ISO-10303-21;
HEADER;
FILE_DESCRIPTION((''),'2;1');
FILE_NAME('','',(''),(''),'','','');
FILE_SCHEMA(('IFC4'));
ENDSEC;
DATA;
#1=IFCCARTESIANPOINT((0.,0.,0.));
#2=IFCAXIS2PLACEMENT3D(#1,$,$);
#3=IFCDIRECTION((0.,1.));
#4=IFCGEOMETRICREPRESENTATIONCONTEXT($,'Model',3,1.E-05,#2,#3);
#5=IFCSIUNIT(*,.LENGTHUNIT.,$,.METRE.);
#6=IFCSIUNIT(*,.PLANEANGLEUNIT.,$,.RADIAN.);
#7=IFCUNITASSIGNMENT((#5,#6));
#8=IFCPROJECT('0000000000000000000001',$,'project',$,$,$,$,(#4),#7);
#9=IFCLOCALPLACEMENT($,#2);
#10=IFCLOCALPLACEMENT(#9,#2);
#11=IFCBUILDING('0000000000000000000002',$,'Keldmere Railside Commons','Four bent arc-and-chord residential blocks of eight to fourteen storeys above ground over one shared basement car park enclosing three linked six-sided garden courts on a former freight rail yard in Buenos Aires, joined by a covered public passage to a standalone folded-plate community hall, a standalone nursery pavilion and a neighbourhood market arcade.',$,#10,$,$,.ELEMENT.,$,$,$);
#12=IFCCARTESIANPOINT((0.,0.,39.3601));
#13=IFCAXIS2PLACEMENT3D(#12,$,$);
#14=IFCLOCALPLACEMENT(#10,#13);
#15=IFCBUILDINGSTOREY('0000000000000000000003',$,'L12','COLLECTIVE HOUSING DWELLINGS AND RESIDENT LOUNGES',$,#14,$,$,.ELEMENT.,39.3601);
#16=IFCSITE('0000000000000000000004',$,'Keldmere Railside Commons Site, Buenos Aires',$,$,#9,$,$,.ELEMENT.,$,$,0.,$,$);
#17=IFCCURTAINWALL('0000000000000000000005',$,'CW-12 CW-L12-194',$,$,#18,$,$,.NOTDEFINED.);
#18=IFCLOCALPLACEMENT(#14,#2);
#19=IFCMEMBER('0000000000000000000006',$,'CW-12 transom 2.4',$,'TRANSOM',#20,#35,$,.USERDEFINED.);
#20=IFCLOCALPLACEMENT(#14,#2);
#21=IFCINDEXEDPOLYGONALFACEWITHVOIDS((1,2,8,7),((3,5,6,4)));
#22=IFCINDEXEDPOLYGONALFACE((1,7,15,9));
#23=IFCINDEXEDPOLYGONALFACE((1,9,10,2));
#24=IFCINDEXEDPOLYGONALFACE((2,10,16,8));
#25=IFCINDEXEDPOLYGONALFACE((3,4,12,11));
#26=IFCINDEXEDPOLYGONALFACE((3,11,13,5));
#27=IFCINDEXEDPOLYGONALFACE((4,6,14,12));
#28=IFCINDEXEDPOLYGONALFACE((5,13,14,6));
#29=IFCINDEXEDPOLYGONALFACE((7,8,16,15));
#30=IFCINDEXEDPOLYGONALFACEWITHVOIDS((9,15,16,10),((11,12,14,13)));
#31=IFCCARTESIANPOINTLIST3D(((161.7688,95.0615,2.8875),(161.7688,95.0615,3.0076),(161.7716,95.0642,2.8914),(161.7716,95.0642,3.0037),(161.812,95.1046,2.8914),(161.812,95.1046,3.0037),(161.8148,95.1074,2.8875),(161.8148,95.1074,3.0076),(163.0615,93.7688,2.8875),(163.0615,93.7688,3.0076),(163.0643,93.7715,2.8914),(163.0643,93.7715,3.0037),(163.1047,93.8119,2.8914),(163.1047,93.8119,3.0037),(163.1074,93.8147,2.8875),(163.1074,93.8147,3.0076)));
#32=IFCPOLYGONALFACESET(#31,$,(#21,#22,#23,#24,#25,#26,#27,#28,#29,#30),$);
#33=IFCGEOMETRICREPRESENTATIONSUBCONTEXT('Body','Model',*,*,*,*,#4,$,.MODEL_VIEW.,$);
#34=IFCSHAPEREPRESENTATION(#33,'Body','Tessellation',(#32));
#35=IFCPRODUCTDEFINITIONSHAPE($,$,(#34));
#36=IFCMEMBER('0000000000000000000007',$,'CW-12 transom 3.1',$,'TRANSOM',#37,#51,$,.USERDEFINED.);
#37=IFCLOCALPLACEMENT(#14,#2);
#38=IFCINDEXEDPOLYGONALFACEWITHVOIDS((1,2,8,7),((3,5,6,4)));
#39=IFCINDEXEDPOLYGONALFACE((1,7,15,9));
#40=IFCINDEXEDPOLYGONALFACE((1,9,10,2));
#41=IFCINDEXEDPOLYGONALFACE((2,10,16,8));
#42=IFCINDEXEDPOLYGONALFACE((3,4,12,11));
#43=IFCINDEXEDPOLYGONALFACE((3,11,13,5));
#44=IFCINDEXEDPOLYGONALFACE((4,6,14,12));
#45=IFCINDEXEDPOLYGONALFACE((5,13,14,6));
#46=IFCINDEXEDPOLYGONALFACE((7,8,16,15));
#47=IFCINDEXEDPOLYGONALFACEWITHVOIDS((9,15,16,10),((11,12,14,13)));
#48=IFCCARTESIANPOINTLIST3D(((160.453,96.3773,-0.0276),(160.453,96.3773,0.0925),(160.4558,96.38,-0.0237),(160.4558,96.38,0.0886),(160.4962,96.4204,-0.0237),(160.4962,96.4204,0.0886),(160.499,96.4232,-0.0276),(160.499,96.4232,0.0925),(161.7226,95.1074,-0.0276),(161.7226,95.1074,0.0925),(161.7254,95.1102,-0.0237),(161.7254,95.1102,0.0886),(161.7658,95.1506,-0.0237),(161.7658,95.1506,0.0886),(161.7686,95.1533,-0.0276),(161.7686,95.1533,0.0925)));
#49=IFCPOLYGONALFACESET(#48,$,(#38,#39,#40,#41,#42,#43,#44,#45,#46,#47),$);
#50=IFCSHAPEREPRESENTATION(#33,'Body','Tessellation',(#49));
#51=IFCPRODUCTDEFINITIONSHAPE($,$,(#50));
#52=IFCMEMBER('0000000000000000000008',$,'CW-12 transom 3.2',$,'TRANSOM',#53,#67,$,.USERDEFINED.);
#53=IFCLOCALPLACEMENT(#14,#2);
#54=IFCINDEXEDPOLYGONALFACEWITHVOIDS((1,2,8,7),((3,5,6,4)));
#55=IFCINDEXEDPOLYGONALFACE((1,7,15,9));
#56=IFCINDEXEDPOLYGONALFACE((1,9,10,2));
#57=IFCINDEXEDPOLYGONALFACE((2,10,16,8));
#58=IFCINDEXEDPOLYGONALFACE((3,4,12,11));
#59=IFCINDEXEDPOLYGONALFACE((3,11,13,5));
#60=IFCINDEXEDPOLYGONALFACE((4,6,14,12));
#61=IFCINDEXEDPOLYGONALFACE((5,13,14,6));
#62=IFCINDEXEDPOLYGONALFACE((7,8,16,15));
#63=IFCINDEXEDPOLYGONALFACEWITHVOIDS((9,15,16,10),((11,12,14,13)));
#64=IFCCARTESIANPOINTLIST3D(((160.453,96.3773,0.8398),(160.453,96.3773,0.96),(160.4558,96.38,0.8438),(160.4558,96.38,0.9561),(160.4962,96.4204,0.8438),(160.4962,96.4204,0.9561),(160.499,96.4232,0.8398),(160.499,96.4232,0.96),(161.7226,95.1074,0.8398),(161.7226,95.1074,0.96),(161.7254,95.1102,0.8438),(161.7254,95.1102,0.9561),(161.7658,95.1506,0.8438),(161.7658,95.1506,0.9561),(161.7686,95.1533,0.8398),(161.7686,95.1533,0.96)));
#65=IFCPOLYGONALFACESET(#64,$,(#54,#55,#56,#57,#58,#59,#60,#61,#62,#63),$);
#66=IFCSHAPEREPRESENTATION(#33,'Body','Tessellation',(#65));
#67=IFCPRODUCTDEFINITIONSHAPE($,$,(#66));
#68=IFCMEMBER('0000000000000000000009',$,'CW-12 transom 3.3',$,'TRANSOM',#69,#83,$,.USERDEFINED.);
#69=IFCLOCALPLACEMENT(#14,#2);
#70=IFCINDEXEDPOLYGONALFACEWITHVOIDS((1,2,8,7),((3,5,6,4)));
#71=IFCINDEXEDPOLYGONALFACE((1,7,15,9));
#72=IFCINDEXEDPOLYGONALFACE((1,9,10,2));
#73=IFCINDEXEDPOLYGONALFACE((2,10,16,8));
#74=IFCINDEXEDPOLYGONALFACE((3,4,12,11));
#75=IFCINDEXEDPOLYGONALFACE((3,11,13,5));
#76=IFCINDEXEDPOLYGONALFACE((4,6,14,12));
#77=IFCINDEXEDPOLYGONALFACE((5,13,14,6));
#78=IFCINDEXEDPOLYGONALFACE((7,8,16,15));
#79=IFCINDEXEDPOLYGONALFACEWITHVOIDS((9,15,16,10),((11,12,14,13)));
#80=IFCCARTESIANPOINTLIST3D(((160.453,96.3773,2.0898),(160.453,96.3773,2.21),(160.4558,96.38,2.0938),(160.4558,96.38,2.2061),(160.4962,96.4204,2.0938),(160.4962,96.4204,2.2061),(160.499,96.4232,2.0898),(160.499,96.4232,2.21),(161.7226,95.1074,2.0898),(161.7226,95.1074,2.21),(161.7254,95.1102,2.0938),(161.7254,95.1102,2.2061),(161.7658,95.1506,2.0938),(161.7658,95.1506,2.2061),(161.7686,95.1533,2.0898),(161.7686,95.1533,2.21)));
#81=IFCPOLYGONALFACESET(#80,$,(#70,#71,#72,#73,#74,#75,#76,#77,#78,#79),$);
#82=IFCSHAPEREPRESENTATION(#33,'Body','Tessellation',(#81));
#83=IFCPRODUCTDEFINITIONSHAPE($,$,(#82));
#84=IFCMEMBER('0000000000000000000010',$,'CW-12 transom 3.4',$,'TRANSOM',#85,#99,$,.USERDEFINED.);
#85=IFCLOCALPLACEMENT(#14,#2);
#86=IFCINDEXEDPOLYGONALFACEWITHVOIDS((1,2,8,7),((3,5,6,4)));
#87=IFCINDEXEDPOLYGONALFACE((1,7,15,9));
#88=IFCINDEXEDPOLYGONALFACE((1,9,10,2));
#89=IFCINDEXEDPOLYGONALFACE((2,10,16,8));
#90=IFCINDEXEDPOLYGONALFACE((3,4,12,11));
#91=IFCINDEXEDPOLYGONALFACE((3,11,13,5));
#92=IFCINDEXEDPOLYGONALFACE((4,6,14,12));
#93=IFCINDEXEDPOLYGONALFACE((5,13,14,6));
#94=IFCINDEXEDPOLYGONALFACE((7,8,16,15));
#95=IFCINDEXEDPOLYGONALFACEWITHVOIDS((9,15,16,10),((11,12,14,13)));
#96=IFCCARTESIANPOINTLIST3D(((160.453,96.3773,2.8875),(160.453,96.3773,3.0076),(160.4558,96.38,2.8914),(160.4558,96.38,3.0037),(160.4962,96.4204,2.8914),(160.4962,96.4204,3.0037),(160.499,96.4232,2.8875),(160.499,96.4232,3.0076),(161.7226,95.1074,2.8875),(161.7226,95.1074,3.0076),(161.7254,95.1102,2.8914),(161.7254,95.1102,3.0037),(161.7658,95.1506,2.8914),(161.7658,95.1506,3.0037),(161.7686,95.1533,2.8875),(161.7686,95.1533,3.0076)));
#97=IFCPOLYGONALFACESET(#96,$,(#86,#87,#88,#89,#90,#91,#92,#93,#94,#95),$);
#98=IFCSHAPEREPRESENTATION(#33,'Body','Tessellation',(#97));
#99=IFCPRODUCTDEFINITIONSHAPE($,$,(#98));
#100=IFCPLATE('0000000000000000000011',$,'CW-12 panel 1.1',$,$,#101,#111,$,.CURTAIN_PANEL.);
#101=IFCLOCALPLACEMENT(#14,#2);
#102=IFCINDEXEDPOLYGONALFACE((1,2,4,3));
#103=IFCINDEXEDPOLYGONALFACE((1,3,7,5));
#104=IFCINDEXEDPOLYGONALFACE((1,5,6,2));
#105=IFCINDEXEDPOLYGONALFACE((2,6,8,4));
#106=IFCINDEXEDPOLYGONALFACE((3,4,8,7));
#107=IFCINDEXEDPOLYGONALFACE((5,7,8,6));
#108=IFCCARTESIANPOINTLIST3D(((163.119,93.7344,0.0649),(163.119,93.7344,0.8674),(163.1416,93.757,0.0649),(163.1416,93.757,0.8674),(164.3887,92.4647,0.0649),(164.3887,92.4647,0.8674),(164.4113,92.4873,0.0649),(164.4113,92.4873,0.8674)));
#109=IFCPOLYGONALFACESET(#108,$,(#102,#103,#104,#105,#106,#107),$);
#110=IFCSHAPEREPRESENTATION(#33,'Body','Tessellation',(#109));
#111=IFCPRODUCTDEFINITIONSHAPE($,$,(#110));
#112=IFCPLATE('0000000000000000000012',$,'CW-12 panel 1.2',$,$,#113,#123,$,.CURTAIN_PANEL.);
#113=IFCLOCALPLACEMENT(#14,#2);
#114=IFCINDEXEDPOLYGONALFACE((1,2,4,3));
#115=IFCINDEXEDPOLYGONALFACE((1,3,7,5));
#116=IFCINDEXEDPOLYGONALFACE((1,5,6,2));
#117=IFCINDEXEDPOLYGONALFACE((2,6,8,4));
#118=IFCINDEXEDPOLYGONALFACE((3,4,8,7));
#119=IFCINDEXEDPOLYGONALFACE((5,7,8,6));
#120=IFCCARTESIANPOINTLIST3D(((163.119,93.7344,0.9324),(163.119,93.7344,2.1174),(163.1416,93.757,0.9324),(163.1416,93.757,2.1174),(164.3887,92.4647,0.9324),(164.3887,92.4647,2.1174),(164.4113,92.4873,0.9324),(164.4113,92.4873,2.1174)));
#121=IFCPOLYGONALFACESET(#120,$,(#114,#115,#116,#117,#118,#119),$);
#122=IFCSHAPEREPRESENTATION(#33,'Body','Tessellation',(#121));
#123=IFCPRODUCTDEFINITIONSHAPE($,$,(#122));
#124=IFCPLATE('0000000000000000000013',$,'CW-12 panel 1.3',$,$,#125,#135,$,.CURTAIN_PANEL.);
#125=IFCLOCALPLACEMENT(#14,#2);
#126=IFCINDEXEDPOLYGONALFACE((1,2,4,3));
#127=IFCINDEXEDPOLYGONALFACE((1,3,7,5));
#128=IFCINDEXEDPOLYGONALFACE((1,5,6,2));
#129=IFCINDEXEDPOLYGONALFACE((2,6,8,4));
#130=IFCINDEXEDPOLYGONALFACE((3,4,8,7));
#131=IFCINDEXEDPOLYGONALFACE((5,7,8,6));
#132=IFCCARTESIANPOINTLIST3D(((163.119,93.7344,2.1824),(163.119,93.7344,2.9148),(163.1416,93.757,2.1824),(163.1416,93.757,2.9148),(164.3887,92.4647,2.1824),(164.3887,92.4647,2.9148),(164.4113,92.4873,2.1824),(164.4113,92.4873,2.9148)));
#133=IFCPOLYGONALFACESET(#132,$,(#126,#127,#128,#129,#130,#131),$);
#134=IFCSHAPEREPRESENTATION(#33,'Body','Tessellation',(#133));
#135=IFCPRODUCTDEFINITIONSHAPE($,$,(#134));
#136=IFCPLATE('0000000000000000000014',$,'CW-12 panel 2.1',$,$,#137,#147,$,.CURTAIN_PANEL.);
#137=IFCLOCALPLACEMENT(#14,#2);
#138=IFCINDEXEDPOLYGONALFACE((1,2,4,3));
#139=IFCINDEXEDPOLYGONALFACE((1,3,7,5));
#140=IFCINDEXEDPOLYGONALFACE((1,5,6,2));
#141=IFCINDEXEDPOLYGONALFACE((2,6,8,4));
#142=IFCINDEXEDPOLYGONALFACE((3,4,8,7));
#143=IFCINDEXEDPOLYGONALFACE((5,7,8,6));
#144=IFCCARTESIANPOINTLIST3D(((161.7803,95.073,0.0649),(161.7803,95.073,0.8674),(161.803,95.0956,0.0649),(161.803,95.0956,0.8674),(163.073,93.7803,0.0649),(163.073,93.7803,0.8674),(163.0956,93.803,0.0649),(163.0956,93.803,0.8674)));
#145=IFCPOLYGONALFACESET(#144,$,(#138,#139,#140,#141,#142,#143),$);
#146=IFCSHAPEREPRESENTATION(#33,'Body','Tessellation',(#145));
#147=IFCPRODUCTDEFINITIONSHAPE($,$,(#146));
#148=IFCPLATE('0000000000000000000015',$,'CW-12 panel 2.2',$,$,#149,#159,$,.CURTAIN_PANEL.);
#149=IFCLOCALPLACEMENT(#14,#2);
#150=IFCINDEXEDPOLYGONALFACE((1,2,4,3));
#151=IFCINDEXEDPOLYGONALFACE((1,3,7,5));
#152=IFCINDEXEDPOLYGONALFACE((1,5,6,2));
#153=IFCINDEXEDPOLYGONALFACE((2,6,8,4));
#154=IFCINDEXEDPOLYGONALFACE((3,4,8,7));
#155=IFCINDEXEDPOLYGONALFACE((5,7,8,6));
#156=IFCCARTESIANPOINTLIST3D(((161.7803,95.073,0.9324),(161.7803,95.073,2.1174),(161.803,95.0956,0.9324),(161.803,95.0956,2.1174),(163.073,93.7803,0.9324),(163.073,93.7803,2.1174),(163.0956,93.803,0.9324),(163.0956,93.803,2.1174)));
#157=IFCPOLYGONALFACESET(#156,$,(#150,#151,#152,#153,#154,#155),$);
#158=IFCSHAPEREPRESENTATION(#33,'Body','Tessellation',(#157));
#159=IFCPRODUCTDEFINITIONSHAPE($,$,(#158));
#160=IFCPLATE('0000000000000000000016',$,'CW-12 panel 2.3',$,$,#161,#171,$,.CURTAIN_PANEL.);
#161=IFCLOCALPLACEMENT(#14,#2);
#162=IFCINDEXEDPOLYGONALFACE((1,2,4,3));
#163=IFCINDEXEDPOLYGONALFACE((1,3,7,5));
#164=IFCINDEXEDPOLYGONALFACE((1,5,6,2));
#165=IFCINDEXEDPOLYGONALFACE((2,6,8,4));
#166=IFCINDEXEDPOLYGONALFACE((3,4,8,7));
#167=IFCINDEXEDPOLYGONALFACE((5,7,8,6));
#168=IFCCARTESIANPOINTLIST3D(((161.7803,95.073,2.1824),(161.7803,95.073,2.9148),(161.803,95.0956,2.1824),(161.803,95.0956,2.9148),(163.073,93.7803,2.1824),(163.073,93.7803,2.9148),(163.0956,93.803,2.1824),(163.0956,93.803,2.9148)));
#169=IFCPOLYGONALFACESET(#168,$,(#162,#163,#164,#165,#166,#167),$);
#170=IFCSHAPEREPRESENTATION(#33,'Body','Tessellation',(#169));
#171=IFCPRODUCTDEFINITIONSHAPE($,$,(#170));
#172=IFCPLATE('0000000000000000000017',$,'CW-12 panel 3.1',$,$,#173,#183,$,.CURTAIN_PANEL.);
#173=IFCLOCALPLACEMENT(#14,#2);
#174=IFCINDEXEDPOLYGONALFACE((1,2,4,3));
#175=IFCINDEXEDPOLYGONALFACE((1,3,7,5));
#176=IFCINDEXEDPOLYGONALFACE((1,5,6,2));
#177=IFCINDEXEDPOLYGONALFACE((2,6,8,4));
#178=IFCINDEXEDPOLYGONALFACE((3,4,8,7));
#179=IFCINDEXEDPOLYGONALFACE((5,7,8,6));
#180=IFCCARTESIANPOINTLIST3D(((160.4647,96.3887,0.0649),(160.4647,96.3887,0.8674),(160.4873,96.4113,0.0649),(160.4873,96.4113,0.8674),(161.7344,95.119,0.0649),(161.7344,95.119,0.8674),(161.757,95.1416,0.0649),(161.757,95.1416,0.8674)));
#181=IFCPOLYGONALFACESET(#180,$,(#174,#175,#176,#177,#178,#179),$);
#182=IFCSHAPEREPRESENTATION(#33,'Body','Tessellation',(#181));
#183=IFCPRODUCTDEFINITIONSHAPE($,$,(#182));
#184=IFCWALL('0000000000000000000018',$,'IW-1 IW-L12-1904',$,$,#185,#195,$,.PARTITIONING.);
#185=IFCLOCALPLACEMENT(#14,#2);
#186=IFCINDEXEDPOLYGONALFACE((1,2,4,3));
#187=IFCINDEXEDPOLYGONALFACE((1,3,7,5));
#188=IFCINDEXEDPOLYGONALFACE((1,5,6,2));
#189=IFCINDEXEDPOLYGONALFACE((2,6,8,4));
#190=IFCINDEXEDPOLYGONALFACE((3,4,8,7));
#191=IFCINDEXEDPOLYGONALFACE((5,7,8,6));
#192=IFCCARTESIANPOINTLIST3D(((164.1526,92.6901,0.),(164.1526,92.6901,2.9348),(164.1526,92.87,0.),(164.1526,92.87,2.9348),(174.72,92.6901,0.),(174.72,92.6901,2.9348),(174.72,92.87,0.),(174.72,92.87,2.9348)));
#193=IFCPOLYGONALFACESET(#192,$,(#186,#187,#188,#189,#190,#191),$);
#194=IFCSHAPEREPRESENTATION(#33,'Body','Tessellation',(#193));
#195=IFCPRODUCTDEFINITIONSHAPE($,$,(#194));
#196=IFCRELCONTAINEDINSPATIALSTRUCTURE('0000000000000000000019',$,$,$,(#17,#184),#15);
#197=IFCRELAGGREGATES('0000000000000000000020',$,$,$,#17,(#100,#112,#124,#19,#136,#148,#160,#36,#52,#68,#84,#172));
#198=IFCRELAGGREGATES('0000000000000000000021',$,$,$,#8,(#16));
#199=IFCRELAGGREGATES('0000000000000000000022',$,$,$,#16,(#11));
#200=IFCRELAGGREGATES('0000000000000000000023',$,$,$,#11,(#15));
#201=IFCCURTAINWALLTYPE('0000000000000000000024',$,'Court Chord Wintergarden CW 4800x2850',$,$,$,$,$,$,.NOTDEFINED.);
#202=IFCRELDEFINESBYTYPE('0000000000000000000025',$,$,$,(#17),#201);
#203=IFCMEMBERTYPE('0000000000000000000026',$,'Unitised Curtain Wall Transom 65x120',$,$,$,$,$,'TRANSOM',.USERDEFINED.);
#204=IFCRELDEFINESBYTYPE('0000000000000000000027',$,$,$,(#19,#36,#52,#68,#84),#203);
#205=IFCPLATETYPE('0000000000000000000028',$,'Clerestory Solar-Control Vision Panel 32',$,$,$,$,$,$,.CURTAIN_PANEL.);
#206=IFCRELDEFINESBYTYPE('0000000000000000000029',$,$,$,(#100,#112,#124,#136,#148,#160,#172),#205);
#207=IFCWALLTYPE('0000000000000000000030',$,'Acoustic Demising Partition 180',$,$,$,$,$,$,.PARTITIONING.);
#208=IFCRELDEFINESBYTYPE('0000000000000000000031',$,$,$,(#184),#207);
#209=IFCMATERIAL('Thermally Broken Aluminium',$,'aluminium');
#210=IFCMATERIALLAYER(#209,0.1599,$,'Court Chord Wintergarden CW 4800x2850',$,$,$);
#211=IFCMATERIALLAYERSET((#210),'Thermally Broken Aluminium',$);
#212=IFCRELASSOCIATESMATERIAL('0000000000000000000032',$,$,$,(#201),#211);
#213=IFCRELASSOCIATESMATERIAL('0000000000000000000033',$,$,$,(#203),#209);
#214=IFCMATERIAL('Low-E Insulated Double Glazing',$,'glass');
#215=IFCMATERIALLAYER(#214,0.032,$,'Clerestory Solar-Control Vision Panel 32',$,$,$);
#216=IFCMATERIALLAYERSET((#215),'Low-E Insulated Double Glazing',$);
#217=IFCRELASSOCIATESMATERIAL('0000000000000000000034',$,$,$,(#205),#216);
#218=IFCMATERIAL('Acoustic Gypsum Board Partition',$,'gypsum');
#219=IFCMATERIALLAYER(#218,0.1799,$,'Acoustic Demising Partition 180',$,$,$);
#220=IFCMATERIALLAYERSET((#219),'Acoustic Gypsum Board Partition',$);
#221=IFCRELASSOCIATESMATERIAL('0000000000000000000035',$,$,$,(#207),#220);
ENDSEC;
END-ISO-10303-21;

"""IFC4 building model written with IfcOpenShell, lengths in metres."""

from ifc_helpers import new_model, si_unit, direction, frame, frame_2d, origin, origin_2d, place, context, subcontext, project, spatial, rectangle, hollow_rectangle, extrude, material, layer, layer_set, material_profile, profile_set, type_object, element, aggregate, save


model = new_model("IFC4")

# Units and contexts
model_context = context("Model", 3, precision=1e-05, world=origin(), true_north=direction((0.0, 1.0)))
body_context = subcontext(model_context, "Body", "Model", "MODEL_VIEW")
ifc_project = project(units=[si_unit("LENGTHUNIT", "METRE"), si_unit("PLANEANGLEUNIT", "RADIAN")], contexts=[model_context])

# Site, building, storey
site_placement = place(None, origin())
site = spatial("IfcSite", under=ifc_project, at=site_placement, Name="Keldmere Railside Commons Site, Buenos Aires", CompositionType="ELEMENT", RefElevation=0.0)
building_placement = place(site_placement, origin())
building = spatial("IfcBuilding", under=site, at=building_placement, Name="Keldmere Railside Commons", Description="Four bent arc-and-chord residential blocks of eight to fourteen storeys above ground over one shared basement car park enclosing three linked six-sided garden courts on a former freight rail yard in Buenos Aires, joined by a covered public passage to a standalone folded-plate community hall, a standalone nursery pavilion and a neighbourhood market arcade.", CompositionType="ELEMENT")
storey_placement = place(building_placement, frame((0.0, 0.0, 39.3601)))
storey = spatial("IfcBuildingStorey", under=building, at=storey_placement, Name="L12", Description="COLLECTIVE HOUSING DWELLINGS AND RESIDENT LOUNGES", CompositionType="ELEMENT", Elevation=39.3601)

# Curtain wall
ifc_material_1 = material(Name="Thermally Broken Aluminium", Category="aluminium")
ifc_layer_1 = layer(ifc_material_1, 0.1599, Name="Court Chord Wintergarden CW 4800x2850")
ifc_layer_set_1 = layer_set([ifc_layer_1], Name="Thermally Broken Aluminium")
curtain_wall_type_1 = type_object("IfcCurtainWallType", Name="Court Chord Wintergarden CW 4800x2850", PredefinedType="NOTDEFINED", material=ifc_layer_set_1)
curtain_wall_1_placement = place(storey_placement, origin())
curtain_wall_1 = element("IfcCurtainWall", 1, at=curtain_wall_1_placement, inside=storey, type_object=curtain_wall_type_1, Name="CW-12 CW-L12-194", PredefinedType="NOTDEFINED")

# Members
ifc_material_profile_1 = material_profile(ifc_material_1, hollow_rectangle(XDim=0.0649, YDim=0.1201, WallThickness=0.0039, at=origin_2d()), Name="ALU-TRAN-65x120")
ifc_profile_set_1 = profile_set([ifc_material_profile_1], Name="Thermally Broken Aluminium")
member_type_1 = type_object("IfcMemberType", Name="Unitised Curtain Wall Transom 65x120", ElementType="TRANSOM", PredefinedType="USERDEFINED", material=ifc_profile_set_1)
member_1_placement = place(storey_placement, frame((163.0845, 93.7917, 2.9475), z_axis=(-0.707107, 0.707107, 0.0), x_axis=(-0.707107, -0.707107, 0.0)))
member_1 = element("IfcMember", 2, at=member_1_placement, type_object=member_type_1, Name="CW-12 transom 2.4", ObjectType="TRANSOM", PredefinedType="USERDEFINED", context=body_context, shape_type="SweptSolid", body=[
    extrude(hollow_rectangle(XDim=0.0649, YDim=0.1201, WallThickness=0.0039, at=origin_2d()), origin(), (0.0, 0.0, 1.0), 1.8281),
])
member_2_placement = place(storey_placement, frame((161.7456, 95.1304, 0.0325), z_axis=(-0.707039, 0.707175, 0.0), x_axis=(-0.707175, -0.707039, 0.0)))
member_2 = element("IfcMember", 3, at=member_2_placement, type_object=member_type_1, Name="CW-12 transom 3.1", ObjectType="TRANSOM", PredefinedType="USERDEFINED", context=body_context, shape_type="SweptSolid", body=[
    extrude(hollow_rectangle(XDim=0.0649, YDim=0.1201, WallThickness=0.0039, at=origin_2d()), origin(), (0.0, 0.0, 1.0), 1.7957),
])
member_3_placement = place(storey_placement, frame((161.7456, 95.1304, 0.8999), z_axis=(-0.707039, 0.707175, 0.0), x_axis=(-0.707175, -0.707039, 0.0)))
member_3 = element("IfcMember", 4, at=member_3_placement, type_object=member_type_1, Name="CW-12 transom 3.2", ObjectType="TRANSOM", PredefinedType="USERDEFINED", context=body_context, shape_type="SweptSolid", body=[
    extrude(hollow_rectangle(XDim=0.0649, YDim=0.1201, WallThickness=0.0039, at=origin_2d()), origin(), (0.0, 0.0, 1.0), 1.7957),
])
member_4_placement = place(storey_placement, frame((161.7456, 95.1304, 2.1499), z_axis=(-0.707039, 0.707175, 0.0), x_axis=(-0.707175, -0.707039, 0.0)))
member_4 = element("IfcMember", 5, at=member_4_placement, type_object=member_type_1, Name="CW-12 transom 3.3", ObjectType="TRANSOM", PredefinedType="USERDEFINED", context=body_context, shape_type="SweptSolid", body=[
    extrude(hollow_rectangle(XDim=0.0649, YDim=0.1201, WallThickness=0.0039, at=origin_2d()), origin(), (0.0, 0.0, 1.0), 1.7957),
])
member_5_placement = place(storey_placement, frame((161.7456, 95.1304, 2.9475), z_axis=(-0.707039, 0.707175, 0.0), x_axis=(-0.707175, -0.707039, 0.0)))
member_5 = element("IfcMember", 6, at=member_5_placement, type_object=member_type_1, Name="CW-12 transom 3.4", ObjectType="TRANSOM", PredefinedType="USERDEFINED", context=body_context, shape_type="SweptSolid", body=[
    extrude(hollow_rectangle(XDim=0.0649, YDim=0.1201, WallThickness=0.0039, at=origin_2d()), origin(), (0.0, 0.0, 1.0), 1.7957),
])

# Plates
ifc_material_2 = material(Name="Low-E Insulated Double Glazing", Category="glass")
ifc_layer_2 = layer(ifc_material_2, 0.032, Name="Clerestory Solar-Control Vision Panel 32")
ifc_layer_set_2 = layer_set([ifc_layer_2], Name="Low-E Insulated Double Glazing")
plate_type = type_object("IfcPlateType", Name="Clerestory Solar-Control Vision Panel 32", PredefinedType="CURTAIN_PANEL", material=ifc_layer_set_2)
plate_1_placement = place(storey_placement, frame((163.7651, 93.1108, 0.0649), z_axis=(0.0, 0.0, 1.0), x_axis=(-0.707107, 0.707107, 0.0)))
plate_1 = element("IfcPlate", 7, at=plate_1_placement, type_object=plate_type, Name="CW-12 panel 1.1", PredefinedType="CURTAIN_PANEL", context=body_context, shape_type="SweptSolid", body=[
    extrude(rectangle(XDim=1.7957, YDim=0.032, at=origin_2d()), origin(), (0.0, 0.0, 1.0), 0.8025),
])
plate_2_placement = place(storey_placement, frame((163.7651, 93.1108, 0.9324), z_axis=(0.0, 0.0, 1.0), x_axis=(-0.707107, 0.707107, 0.0)))
plate_2 = element("IfcPlate", 8, at=plate_2_placement, type_object=plate_type, Name="CW-12 panel 1.2", PredefinedType="CURTAIN_PANEL", context=body_context, shape_type="SweptSolid", body=[
    extrude(rectangle(XDim=1.7957, YDim=0.032, at=origin_2d()), origin(), (0.0, 0.0, 1.0), 1.1851),
])
plate_3_placement = place(storey_placement, frame((163.7651, 93.1108, 2.1824), z_axis=(0.0, 0.0, 1.0), x_axis=(-0.707107, 0.707107, 0.0)))
plate_3 = element("IfcPlate", 9, at=plate_3_placement, type_object=plate_type, Name="CW-12 panel 1.3", PredefinedType="CURTAIN_PANEL", context=body_context, shape_type="SweptSolid", body=[
    extrude(rectangle(XDim=1.7957, YDim=0.032, at=origin_2d()), origin(), (0.0, 0.0, 1.0), 0.7324),
])
plate_4_placement = place(storey_placement, frame((162.438, 94.438, 0.0649), z_axis=(0.0, 0.0, 1.0), x_axis=(-0.707107, 0.707107, 0.0)))
plate_4 = element("IfcPlate", 10, at=plate_4_placement, type_object=plate_type, Name="CW-12 panel 2.1", PredefinedType="CURTAIN_PANEL", context=body_context, shape_type="SweptSolid", body=[
    extrude(rectangle(XDim=1.8281, YDim=0.032, at=origin_2d()), origin(), (0.0, 0.0, 1.0), 0.8025),
])
plate_5_placement = place(storey_placement, frame((162.438, 94.438, 0.9324), z_axis=(0.0, 0.0, 1.0), x_axis=(-0.707107, 0.707107, 0.0)))
plate_5 = element("IfcPlate", 11, at=plate_5_placement, type_object=plate_type, Name="CW-12 panel 2.2", PredefinedType="CURTAIN_PANEL", context=body_context, shape_type="SweptSolid", body=[
    extrude(rectangle(XDim=1.8281, YDim=0.032, at=origin_2d()), origin(), (0.0, 0.0, 1.0), 1.1851),
])
plate_6_placement = place(storey_placement, frame((162.438, 94.438, 2.1824), z_axis=(0.0, 0.0, 1.0), x_axis=(-0.707107, 0.707107, 0.0)))
plate_6 = element("IfcPlate", 12, at=plate_6_placement, type_object=plate_type, Name="CW-12 panel 2.3", PredefinedType="CURTAIN_PANEL", context=body_context, shape_type="SweptSolid", body=[
    extrude(rectangle(XDim=1.8281, YDim=0.032, at=origin_2d()), origin(), (0.0, 0.0, 1.0), 0.7324),
])
plate_7_placement = place(storey_placement, frame((161.1108, 95.7651, 0.0649), z_axis=(0.0, 0.0, 1.0), x_axis=(-0.707107, 0.707107, 0.0)))
plate_7 = element("IfcPlate", 13, at=plate_7_placement, type_object=plate_type, Name="CW-12 panel 3.1", PredefinedType="CURTAIN_PANEL", context=body_context, shape_type="SweptSolid", body=[
    extrude(rectangle(XDim=1.7957, YDim=0.032, at=origin_2d()), origin(), (0.0, 0.0, 1.0), 0.8025),
])
aggregate(curtain_wall_1, [plate_1, plate_2, plate_3, member_1, plate_4, plate_5, plate_6, member_2, member_3, member_4, member_5, plate_7])

# Wall
ifc_material_3 = material(Name="Acoustic Gypsum Board Partition", Category="gypsum")
ifc_layer_3 = layer(ifc_material_3, 0.1799, Name="Acoustic Demising Partition 180")
ifc_layer_set_3 = layer_set([ifc_layer_3], Name="Acoustic Gypsum Board Partition")
wall_type = type_object("IfcWallType", Name="Acoustic Demising Partition 180", PredefinedType="PARTITIONING", material=ifc_layer_set_3)
wall_placement = place(storey_placement, frame((164.1526, 92.78, 0.0), z_axis=(0.0, 0.0, 1.0), x_axis=(1.0, 0.0, 0.0)))
element("IfcWall", 14, at=wall_placement, inside=storey, type_object=wall_type, Name="IW-1 IW-L12-1904", PredefinedType="PARTITIONING", context=body_context, shape_type="SweptSolid", body=[
    extrude(rectangle(XDim=10.5674, YDim=0.1799, at=frame_2d((5.2837, 0.0))), origin(), (0.0, 0.0, 1.0), 2.9348),
])

save(model, "model.ifc")
